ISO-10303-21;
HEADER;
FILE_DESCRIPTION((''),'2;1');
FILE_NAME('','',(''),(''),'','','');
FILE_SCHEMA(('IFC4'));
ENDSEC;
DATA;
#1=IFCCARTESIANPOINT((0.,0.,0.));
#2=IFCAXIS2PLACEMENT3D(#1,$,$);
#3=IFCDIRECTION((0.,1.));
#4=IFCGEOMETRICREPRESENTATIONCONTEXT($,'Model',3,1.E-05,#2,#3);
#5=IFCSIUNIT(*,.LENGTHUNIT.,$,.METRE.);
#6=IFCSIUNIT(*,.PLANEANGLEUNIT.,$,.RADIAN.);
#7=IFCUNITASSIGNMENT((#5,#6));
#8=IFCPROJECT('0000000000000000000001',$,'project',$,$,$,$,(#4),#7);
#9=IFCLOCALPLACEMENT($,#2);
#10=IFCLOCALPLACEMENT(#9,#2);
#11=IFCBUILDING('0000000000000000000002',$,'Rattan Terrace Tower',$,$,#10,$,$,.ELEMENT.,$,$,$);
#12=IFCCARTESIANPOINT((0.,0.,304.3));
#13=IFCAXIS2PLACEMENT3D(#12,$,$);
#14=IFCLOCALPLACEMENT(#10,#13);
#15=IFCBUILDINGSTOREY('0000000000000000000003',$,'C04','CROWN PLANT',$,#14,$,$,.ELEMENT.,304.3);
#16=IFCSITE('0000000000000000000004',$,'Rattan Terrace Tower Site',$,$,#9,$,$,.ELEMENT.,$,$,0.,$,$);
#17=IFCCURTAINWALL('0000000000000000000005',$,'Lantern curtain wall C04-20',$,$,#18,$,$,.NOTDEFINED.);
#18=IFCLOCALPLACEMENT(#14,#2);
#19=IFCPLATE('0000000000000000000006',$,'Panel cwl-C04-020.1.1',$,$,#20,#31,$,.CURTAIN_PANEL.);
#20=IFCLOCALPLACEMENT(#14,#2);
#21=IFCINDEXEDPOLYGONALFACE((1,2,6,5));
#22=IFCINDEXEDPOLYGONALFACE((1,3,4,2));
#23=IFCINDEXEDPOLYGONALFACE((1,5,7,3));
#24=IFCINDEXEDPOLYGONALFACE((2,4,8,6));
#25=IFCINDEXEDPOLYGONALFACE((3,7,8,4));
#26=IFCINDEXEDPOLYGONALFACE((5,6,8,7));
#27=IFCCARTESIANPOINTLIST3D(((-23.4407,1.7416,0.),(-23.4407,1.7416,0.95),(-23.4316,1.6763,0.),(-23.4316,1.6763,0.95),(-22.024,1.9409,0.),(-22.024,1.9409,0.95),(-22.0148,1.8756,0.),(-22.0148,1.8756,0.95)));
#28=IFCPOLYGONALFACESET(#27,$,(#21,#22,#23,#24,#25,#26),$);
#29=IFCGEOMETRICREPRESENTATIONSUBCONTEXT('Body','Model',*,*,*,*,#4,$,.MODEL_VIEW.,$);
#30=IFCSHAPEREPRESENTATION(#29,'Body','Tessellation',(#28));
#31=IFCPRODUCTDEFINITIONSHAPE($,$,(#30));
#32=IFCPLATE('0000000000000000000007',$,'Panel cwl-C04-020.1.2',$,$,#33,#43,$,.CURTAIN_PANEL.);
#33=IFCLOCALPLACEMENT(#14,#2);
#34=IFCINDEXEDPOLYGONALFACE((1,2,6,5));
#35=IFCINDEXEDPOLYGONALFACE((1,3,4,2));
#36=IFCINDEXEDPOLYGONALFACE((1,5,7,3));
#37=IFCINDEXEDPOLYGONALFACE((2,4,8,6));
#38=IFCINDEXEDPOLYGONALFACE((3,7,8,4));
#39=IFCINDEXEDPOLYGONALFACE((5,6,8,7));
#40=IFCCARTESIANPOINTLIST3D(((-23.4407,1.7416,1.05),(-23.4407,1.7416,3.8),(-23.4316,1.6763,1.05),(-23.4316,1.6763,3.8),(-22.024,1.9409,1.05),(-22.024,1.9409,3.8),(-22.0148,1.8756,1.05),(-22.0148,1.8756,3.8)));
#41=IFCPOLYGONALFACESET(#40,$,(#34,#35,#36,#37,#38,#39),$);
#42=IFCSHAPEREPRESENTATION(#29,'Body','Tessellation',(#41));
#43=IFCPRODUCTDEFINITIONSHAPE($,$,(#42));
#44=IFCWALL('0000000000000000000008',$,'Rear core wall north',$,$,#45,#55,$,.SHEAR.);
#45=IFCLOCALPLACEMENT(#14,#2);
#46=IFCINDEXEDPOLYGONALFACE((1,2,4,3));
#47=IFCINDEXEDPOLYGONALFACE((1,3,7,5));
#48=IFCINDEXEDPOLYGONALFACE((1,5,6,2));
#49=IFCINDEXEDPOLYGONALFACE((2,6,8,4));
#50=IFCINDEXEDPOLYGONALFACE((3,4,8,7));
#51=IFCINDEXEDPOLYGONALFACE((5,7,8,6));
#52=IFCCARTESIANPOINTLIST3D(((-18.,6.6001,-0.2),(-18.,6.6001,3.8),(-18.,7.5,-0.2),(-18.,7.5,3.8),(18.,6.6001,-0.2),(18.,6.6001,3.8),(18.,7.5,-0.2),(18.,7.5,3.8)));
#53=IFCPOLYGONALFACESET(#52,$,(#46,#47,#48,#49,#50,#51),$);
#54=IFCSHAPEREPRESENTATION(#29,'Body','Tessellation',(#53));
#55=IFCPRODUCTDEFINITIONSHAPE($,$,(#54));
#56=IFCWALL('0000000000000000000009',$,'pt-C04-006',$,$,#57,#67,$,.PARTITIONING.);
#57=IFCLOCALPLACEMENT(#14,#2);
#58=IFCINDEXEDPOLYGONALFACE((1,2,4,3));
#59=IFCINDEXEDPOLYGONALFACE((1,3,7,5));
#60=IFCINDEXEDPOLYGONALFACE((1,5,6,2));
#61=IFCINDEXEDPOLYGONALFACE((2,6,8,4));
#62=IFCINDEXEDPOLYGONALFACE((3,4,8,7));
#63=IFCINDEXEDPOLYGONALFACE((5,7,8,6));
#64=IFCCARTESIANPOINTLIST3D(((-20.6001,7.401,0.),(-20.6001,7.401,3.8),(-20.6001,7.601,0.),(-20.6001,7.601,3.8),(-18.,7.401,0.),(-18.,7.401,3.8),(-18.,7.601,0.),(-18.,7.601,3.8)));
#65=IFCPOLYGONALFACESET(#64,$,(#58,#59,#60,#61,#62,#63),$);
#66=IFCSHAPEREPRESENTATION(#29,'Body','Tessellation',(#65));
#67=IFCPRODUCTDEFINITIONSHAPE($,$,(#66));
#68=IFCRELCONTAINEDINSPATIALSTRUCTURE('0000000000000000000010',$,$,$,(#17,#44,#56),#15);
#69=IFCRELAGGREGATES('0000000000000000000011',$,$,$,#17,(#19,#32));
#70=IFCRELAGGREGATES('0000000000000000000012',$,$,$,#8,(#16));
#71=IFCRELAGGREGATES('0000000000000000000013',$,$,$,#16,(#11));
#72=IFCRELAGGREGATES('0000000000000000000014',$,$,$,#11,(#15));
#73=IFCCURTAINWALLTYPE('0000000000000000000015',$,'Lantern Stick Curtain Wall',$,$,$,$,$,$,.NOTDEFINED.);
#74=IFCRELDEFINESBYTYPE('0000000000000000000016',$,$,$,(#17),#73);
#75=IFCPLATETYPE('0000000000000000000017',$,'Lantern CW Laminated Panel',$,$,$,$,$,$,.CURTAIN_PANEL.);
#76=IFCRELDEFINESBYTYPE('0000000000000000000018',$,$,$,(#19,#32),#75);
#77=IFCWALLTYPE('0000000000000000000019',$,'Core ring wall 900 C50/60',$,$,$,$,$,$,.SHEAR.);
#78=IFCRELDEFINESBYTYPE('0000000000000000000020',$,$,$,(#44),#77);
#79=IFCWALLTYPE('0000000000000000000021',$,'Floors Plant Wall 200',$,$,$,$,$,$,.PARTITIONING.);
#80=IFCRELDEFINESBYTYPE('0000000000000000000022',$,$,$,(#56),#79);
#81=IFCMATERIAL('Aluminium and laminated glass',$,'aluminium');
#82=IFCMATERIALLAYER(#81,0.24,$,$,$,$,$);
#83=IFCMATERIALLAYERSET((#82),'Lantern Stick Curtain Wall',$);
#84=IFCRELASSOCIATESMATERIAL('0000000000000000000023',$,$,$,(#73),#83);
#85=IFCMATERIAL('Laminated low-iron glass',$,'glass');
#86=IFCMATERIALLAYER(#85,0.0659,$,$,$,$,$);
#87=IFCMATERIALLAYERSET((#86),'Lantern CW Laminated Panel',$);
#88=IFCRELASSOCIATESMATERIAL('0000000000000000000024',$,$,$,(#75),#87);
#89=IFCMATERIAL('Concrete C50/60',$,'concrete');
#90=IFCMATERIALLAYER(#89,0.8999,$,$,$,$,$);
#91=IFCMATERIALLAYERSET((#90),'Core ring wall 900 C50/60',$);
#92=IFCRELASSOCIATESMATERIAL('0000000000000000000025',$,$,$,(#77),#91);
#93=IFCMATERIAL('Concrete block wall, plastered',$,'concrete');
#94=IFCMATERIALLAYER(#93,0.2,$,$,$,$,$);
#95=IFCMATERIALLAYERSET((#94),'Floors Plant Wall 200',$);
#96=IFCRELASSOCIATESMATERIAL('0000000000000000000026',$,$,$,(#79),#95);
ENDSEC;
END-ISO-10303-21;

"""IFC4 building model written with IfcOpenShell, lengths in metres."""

from ifc_helpers import new_model, si_unit, direction, frame, frame_2d, origin, origin_2d, place, context, subcontext, project, spatial, rectangle, extrude, material, layer, layer_set, type_object, element, aggregate, save


model = new_model("IFC4")

# Units and contexts
model_context = context("Model", 3, precision=1e-05, world=origin(), true_north=direction((0.0, 1.0)))
body_context = subcontext(model_context, "Body", "Model", "MODEL_VIEW")
ifc_project = project(units=[si_unit("LENGTHUNIT", "METRE"), si_unit("PLANEANGLEUNIT", "RADIAN")], contexts=[model_context])

# Site, building, storey
site_placement = place(None, origin())
site = spatial("IfcSite", under=ifc_project, at=site_placement, Name="Rattan Terrace Tower Site", CompositionType="ELEMENT", RefElevation=0.0)
building_placement = place(site_placement, origin())
building = spatial("IfcBuilding", under=site, at=building_placement, Name="Rattan Terrace Tower", CompositionType="ELEMENT")
storey_placement = place(building_placement, frame((0.0, 0.0, 304.3)))
storey = spatial("IfcBuildingStorey", under=building, at=storey_placement, Name="C04", Description="CROWN PLANT", CompositionType="ELEMENT", Elevation=304.3)

# Curtain wall
ifc_material_1 = material(Name="Aluminium and laminated glass", Category="aluminium")
ifc_layer_1 = layer(ifc_material_1, 0.24)
ifc_layer_set_1 = layer_set([ifc_layer_1], Name="Lantern Stick Curtain Wall")
curtain_wall_type = type_object("IfcCurtainWallType", Name="Lantern Stick Curtain Wall", PredefinedType="NOTDEFINED", material=ifc_layer_set_1)
curtain_wall_1_placement = place(storey_placement, origin())
curtain_wall_1 = element("IfcCurtainWall", 1, at=curtain_wall_1_placement, inside=storey, type_object=curtain_wall_type, Name="Lantern curtain wall C04-20", PredefinedType="NOTDEFINED")

# Plates
ifc_material_2 = material(Name="Laminated low-iron glass", Category="glass")
ifc_layer_2 = layer(ifc_material_2, 0.0659)
ifc_layer_set_2 = layer_set([ifc_layer_2], Name="Lantern CW Laminated Panel")
plate_type = type_object("IfcPlateType", Name="Lantern CW Laminated Panel", PredefinedType="CURTAIN_PANEL", material=ifc_layer_set_2)
plate_1_placement = place(storey_placement, frame((-22.7278, 1.8086, 0.0), z_axis=(0.0, 0.0, 1.0), x_axis=(-0.990254, -0.139275, 0.0)))
plate_1 = element("IfcPlate", 2, at=plate_1_placement, type_object=plate_type, Name="Panel cwl-C04-020.1.1", PredefinedType="CURTAIN_PANEL", context=body_context, shape_type="SweptSolid", body=[
    extrude(rectangle(XDim=1.4307, YDim=0.0659, at=origin_2d()), origin(), (0.0, 0.0, 1.0), 0.95),
])
plate_2_placement = place(storey_placement, frame((-22.7278, 1.8086, 1.05), z_axis=(0.0, 0.0, 1.0), x_axis=(-0.990254, -0.139275, 0.0)))
plate_2 = element("IfcPlate", 3, at=plate_2_placement, type_object=plate_type, Name="Panel cwl-C04-020.1.2", PredefinedType="CURTAIN_PANEL", context=body_context, shape_type="SweptSolid", body=[
    extrude(rectangle(XDim=1.4307, YDim=0.0659, at=origin_2d()), origin(), (0.0, 0.0, 1.0), 2.75),
])
aggregate(curtain_wall_1, [plate_1, plate_2])

# Walls
ifc_material_3 = material(Name="Concrete C50/60", Category="concrete")
ifc_layer_3 = layer(ifc_material_3, 0.8999)
ifc_layer_set_3 = layer_set([ifc_layer_3], Name="Core ring wall 900 C50/60")
wall_type_1 = type_object("IfcWallType", Name="Core ring wall 900 C50/60", PredefinedType="SHEAR", material=ifc_layer_set_3)
wall_1_placement = place(storey_placement, frame((-18.0, 7.05, -0.2), z_axis=(0.0, 0.0, 1.0), x_axis=(1.0, 0.0, 0.0)))
element("IfcWall", 4, at=wall_1_placement, inside=storey, type_object=wall_type_1, Name="Rear core wall north", PredefinedType="SHEAR", context=body_context, shape_type="SweptSolid", body=[
    extrude(rectangle(XDim=36.0, YDim=0.8999, at=frame_2d((18.0, 0.0))), origin(), (0.0, 0.0, 1.0), 4.0),
])
ifc_material_4 = material(Name="Concrete block wall, plastered", Category="concrete")
ifc_layer_4 = layer(ifc_material_4, 0.2)
ifc_layer_set_4 = layer_set([ifc_layer_4], Name="Floors Plant Wall 200")
wall_type_2 = type_object("IfcWallType", Name="Floors Plant Wall 200", PredefinedType="PARTITIONING", material=ifc_layer_set_4)
wall_2_placement = place(storey_placement, frame((-20.6001, 7.501, 0.0), z_axis=(0.0, 0.0, 1.0), x_axis=(1.0, 0.0, 0.0)))
element("IfcWall", 5, at=wall_2_placement, inside=storey, type_object=wall_type_2, Name="pt-C04-006", PredefinedType="PARTITIONING", context=body_context, shape_type="SweptSolid", body=[
    extrude(rectangle(XDim=2.6001, YDim=0.2, at=frame_2d((1.3, 0.0))), origin(), (0.0, 0.0, 1.0), 3.8),
])

save(model, "model.ifc")
